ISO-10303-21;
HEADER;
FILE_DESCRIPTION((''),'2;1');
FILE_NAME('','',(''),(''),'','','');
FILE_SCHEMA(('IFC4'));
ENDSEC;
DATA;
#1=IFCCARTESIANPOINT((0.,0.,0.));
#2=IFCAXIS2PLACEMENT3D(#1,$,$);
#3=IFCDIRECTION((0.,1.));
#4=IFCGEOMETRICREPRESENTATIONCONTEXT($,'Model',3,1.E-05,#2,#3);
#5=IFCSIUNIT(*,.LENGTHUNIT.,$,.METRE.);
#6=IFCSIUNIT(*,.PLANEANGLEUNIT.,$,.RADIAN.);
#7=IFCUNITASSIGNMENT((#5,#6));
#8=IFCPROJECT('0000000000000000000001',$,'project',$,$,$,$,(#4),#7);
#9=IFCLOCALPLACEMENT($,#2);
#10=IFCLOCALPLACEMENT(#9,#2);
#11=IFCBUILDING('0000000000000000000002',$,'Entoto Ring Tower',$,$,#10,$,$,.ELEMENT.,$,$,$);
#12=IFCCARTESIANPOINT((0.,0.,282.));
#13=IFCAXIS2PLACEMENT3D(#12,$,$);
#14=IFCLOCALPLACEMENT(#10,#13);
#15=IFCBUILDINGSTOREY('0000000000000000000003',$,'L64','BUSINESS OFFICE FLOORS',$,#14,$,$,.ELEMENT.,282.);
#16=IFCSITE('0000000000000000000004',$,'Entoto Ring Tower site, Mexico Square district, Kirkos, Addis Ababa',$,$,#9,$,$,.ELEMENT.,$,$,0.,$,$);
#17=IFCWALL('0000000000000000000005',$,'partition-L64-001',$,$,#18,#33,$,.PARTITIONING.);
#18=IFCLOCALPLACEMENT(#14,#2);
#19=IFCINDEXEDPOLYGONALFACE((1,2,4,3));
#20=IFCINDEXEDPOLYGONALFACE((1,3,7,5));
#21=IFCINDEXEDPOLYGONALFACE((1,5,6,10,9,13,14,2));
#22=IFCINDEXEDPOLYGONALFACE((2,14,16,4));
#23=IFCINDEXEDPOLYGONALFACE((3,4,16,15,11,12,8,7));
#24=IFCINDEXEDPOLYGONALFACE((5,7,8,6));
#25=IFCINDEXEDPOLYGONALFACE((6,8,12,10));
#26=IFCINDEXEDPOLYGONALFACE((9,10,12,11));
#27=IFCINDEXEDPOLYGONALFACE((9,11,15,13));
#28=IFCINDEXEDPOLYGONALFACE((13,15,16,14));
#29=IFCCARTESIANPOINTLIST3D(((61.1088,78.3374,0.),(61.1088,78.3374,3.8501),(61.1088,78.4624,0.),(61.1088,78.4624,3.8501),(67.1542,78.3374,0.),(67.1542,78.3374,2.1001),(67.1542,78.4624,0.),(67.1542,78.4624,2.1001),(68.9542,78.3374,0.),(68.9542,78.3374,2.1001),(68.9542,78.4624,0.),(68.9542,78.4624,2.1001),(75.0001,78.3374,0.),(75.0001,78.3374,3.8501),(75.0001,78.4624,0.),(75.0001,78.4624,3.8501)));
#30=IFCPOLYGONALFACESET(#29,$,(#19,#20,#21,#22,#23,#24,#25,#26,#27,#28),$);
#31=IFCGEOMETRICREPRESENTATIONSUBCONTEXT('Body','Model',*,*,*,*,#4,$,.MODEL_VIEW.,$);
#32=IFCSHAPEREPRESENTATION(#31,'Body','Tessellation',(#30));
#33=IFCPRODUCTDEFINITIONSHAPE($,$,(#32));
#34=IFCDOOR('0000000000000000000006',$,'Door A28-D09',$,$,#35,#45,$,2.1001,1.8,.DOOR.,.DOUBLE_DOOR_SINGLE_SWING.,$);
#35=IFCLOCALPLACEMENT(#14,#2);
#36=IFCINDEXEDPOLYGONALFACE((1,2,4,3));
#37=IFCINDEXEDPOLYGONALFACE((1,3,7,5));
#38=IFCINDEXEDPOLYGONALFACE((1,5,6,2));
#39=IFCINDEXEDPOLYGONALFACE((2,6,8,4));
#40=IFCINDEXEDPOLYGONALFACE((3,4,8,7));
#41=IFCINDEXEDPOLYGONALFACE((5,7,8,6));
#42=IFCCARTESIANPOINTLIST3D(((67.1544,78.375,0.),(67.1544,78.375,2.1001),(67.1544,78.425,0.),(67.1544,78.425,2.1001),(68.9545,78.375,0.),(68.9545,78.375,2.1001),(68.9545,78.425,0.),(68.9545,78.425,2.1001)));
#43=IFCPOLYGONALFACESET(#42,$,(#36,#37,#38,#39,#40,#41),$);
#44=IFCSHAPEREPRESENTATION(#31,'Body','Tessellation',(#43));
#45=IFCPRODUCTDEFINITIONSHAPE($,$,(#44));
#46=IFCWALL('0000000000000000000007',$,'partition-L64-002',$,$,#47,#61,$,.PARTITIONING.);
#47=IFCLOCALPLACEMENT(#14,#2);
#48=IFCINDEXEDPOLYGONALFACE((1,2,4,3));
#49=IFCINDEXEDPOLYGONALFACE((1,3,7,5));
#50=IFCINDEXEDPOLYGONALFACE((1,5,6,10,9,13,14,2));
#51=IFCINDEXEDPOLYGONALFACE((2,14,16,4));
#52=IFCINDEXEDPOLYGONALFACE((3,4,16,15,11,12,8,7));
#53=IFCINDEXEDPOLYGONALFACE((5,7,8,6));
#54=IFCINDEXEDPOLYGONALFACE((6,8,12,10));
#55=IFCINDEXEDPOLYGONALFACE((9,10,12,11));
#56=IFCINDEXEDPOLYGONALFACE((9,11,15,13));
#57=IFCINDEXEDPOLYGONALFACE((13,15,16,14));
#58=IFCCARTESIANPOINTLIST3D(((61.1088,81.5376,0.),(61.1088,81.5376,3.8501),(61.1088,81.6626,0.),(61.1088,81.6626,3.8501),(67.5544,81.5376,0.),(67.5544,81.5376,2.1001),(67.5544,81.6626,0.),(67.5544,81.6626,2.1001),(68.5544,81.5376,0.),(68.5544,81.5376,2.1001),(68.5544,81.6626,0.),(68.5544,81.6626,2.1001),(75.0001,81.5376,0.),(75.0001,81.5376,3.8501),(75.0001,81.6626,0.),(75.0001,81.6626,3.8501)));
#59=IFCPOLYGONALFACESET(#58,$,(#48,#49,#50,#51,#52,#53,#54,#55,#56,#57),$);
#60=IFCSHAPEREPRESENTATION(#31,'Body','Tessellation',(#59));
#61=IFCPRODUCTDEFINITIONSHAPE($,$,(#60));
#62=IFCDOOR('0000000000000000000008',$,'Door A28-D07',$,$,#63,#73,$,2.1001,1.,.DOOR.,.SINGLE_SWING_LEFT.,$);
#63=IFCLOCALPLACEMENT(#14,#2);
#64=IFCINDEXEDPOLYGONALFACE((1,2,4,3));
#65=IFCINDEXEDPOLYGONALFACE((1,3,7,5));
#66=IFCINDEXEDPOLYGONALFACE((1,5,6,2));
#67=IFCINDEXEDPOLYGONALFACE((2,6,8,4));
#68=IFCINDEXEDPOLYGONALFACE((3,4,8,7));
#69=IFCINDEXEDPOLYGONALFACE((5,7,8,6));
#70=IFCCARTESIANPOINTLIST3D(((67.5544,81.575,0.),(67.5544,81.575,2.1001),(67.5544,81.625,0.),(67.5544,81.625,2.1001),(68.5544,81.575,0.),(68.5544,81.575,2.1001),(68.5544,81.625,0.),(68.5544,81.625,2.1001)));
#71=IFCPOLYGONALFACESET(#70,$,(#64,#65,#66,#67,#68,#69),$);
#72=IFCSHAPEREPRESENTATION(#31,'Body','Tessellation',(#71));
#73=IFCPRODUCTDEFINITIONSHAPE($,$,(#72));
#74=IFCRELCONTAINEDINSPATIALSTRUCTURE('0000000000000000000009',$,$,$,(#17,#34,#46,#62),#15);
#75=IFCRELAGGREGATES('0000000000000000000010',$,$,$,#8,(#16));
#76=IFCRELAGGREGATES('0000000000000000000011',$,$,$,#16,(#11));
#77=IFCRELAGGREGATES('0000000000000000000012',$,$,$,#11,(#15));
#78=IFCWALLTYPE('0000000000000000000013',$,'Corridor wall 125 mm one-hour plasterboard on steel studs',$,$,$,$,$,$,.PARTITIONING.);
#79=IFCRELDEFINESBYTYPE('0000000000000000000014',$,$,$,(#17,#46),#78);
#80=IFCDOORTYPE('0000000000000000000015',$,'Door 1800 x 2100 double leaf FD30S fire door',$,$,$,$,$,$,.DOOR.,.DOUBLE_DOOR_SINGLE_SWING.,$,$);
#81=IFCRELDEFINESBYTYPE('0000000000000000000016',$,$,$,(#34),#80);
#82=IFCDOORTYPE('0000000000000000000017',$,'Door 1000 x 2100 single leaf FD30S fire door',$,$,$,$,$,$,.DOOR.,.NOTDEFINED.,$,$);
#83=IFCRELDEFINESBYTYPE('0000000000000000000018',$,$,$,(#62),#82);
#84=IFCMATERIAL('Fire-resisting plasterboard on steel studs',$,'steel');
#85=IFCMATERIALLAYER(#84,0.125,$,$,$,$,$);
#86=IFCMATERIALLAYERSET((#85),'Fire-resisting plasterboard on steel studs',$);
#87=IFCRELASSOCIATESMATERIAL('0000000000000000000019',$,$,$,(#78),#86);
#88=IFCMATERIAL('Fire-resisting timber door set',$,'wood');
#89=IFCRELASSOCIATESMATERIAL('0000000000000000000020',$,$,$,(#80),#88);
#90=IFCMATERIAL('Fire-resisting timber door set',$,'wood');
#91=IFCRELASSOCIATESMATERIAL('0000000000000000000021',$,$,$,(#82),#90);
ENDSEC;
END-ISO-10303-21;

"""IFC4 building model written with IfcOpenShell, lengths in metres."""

from ifc_helpers import new_model, si_unit, direction, frame, frame_2d, origin, place, context, subcontext, project, spatial, rectangle, extrude, material, layer, layer_set, type_object, element, fill, save


model = new_model("IFC4")

# Units and contexts
model_context = context("Model", 3, precision=1e-05, world=origin(), true_north=direction((0.0, 1.0)))
body_context = subcontext(model_context, "Body", "Model", "MODEL_VIEW")
ifc_project = project(units=[si_unit("LENGTHUNIT", "METRE"), si_unit("PLANEANGLEUNIT", "RADIAN")], contexts=[model_context])

# Site, building, storey
site_placement = place(None, origin())
site = spatial("IfcSite", under=ifc_project, at=site_placement, Name="Entoto Ring Tower site, Mexico Square district, Kirkos, Addis Ababa", CompositionType="ELEMENT", RefElevation=0.0)
building_placement = place(site_placement, origin())
building = spatial("IfcBuilding", under=site, at=building_placement, Name="Entoto Ring Tower", CompositionType="ELEMENT")
storey_placement = place(building_placement, frame((0.0, 0.0, 282.0)))
storey = spatial("IfcBuildingStorey", under=building, at=storey_placement, Name="L64", Description="BUSINESS OFFICE FLOORS", CompositionType="ELEMENT", Elevation=282.0)

# Walls, openings, doors
ifc_material_1 = material(Name="Fire-resisting plasterboard on steel studs", Category="steel")
ifc_layer_1 = layer(ifc_material_1, 0.125)
ifc_layer_set_1 = layer_set([ifc_layer_1], Name="Fire-resisting plasterboard on steel studs")
wall_type_1 = type_object("IfcWallType", Name="Corridor wall 125 mm one-hour plasterboard on steel studs", PredefinedType="PARTITIONING", material=ifc_layer_set_1)
wall_1_placement = place(storey_placement, frame((61.1086, 78.3999, 0.0), z_axis=(0.0, 0.0, 1.0), x_axis=(1.0, 0.0, 0.0)))
wall_1 = element("IfcWall", 1, at=wall_1_placement, inside=storey, type_object=wall_type_1, Name="partition-L64-001", PredefinedType="PARTITIONING", context=body_context, shape_type="SweptSolid", body=[
    extrude(rectangle(XDim=13.8914, YDim=0.125, at=frame_2d((6.9458, 0.0))), origin(), (0.0, 0.0, 1.0), 3.8501),
])
opening_1_placement = place(wall_1_placement, frame((6.0457, 0.0, 0.0)))
opening_1 = element("IfcOpeningElement", 2, at=opening_1_placement, cuts=wall_1, PredefinedType="OPENING", context=body_context, shape_type="SweptSolid", body=[
    extrude(rectangle(XDim=1.8, YDim=2.1001, at=frame_2d((0.8999, 1.05))), frame((0.0, 0.0725, 0.0), z_axis=(0.0, -1.0, 0.0), x_axis=(1.0, 0.0, 0.0)), (0.0, 0.0, 1.0), 0.145),
])
ifc_material_2 = material(Name="Fire-resisting timber door set", Category="wood")
door_type_1 = type_object("IfcDoorType", Name="Door 1800 x 2100 double leaf FD30S fire door", OperationType="DOUBLE_DOOR_SINGLE_SWING", PredefinedType="DOOR", material=ifc_material_2)
door_1_placement = place(opening_1_placement, frame((1.8, 0.0, 0.0), z_axis=(0.0, 0.0, 1.0), x_axis=(-1.0, 0.0, 0.0)))
door_1 = element("IfcDoor", 3, at=door_1_placement, inside=storey, type_object=door_type_1, Name="Door A28-D09", OperationType="DOUBLE_DOOR_SINGLE_SWING", OverallHeight=2.1001, OverallWidth=1.8, PredefinedType="DOOR", context=body_context, shape_type="SweptSolid", body=[
    extrude(rectangle(XDim=1.8, YDim=2.1001, at=frame_2d((0.8999, 1.05))), frame((0.0, 0.0249, 0.0), z_axis=(0.0, -1.0, 0.0), x_axis=(1.0, 0.0, 0.0)), (0.0, 0.0, 1.0), 0.05),
])
fill(opening_1, door_1)
wall_2_placement = place(storey_placement, frame((61.1086, 81.6001, 0.0), z_axis=(0.0, 0.0, 1.0), x_axis=(1.0, 0.0, 0.0)))
wall_2 = element("IfcWall", 4, at=wall_2_placement, inside=storey, type_object=wall_type_1, Name="partition-L64-002", PredefinedType="PARTITIONING", context=body_context, shape_type="SweptSolid", body=[
    extrude(rectangle(XDim=13.8914, YDim=0.125, at=frame_2d((6.9458, 0.0))), origin(), (0.0, 0.0, 1.0), 3.8501),
])
opening_2_placement = place(wall_2_placement, frame((6.4458, 0.0, 0.0)))
opening_2 = element("IfcOpeningElement", 5, at=opening_2_placement, cuts=wall_2, PredefinedType="OPENING", context=body_context, shape_type="SweptSolid", body=[
    extrude(rectangle(XDim=1.0, YDim=2.1001, at=frame_2d((0.5, 1.05))), frame((0.0, 0.0725, 0.0), z_axis=(0.0, -1.0, 0.0), x_axis=(1.0, 0.0, 0.0)), (0.0, 0.0, 1.0), 0.145),
])
ifc_material_3 = material(Name="Fire-resisting timber door set", Category="wood")
door_type_2 = type_object("IfcDoorType", Name="Door 1000 x 2100 single leaf FD30S fire door", OperationType="NOTDEFINED", PredefinedType="DOOR", material=ifc_material_3)
door_2_placement = place(opening_2_placement, origin())
door_2 = element("IfcDoor", 6, at=door_2_placement, inside=storey, type_object=door_type_2, Name="Door A28-D07", OperationType="SINGLE_SWING_LEFT", OverallHeight=2.1001, OverallWidth=1.0, PredefinedType="DOOR", context=body_context, shape_type="SweptSolid", body=[
    extrude(rectangle(XDim=1.0, YDim=2.1001, at=frame_2d((0.5, 1.05))), frame((0.0, 0.0249, 0.0), z_axis=(0.0, -1.0, 0.0), x_axis=(1.0, 0.0, 0.0)), (0.0, 0.0, 1.0), 0.05),
])
fill(opening_2, door_2)

save(model, "model.ifc")
